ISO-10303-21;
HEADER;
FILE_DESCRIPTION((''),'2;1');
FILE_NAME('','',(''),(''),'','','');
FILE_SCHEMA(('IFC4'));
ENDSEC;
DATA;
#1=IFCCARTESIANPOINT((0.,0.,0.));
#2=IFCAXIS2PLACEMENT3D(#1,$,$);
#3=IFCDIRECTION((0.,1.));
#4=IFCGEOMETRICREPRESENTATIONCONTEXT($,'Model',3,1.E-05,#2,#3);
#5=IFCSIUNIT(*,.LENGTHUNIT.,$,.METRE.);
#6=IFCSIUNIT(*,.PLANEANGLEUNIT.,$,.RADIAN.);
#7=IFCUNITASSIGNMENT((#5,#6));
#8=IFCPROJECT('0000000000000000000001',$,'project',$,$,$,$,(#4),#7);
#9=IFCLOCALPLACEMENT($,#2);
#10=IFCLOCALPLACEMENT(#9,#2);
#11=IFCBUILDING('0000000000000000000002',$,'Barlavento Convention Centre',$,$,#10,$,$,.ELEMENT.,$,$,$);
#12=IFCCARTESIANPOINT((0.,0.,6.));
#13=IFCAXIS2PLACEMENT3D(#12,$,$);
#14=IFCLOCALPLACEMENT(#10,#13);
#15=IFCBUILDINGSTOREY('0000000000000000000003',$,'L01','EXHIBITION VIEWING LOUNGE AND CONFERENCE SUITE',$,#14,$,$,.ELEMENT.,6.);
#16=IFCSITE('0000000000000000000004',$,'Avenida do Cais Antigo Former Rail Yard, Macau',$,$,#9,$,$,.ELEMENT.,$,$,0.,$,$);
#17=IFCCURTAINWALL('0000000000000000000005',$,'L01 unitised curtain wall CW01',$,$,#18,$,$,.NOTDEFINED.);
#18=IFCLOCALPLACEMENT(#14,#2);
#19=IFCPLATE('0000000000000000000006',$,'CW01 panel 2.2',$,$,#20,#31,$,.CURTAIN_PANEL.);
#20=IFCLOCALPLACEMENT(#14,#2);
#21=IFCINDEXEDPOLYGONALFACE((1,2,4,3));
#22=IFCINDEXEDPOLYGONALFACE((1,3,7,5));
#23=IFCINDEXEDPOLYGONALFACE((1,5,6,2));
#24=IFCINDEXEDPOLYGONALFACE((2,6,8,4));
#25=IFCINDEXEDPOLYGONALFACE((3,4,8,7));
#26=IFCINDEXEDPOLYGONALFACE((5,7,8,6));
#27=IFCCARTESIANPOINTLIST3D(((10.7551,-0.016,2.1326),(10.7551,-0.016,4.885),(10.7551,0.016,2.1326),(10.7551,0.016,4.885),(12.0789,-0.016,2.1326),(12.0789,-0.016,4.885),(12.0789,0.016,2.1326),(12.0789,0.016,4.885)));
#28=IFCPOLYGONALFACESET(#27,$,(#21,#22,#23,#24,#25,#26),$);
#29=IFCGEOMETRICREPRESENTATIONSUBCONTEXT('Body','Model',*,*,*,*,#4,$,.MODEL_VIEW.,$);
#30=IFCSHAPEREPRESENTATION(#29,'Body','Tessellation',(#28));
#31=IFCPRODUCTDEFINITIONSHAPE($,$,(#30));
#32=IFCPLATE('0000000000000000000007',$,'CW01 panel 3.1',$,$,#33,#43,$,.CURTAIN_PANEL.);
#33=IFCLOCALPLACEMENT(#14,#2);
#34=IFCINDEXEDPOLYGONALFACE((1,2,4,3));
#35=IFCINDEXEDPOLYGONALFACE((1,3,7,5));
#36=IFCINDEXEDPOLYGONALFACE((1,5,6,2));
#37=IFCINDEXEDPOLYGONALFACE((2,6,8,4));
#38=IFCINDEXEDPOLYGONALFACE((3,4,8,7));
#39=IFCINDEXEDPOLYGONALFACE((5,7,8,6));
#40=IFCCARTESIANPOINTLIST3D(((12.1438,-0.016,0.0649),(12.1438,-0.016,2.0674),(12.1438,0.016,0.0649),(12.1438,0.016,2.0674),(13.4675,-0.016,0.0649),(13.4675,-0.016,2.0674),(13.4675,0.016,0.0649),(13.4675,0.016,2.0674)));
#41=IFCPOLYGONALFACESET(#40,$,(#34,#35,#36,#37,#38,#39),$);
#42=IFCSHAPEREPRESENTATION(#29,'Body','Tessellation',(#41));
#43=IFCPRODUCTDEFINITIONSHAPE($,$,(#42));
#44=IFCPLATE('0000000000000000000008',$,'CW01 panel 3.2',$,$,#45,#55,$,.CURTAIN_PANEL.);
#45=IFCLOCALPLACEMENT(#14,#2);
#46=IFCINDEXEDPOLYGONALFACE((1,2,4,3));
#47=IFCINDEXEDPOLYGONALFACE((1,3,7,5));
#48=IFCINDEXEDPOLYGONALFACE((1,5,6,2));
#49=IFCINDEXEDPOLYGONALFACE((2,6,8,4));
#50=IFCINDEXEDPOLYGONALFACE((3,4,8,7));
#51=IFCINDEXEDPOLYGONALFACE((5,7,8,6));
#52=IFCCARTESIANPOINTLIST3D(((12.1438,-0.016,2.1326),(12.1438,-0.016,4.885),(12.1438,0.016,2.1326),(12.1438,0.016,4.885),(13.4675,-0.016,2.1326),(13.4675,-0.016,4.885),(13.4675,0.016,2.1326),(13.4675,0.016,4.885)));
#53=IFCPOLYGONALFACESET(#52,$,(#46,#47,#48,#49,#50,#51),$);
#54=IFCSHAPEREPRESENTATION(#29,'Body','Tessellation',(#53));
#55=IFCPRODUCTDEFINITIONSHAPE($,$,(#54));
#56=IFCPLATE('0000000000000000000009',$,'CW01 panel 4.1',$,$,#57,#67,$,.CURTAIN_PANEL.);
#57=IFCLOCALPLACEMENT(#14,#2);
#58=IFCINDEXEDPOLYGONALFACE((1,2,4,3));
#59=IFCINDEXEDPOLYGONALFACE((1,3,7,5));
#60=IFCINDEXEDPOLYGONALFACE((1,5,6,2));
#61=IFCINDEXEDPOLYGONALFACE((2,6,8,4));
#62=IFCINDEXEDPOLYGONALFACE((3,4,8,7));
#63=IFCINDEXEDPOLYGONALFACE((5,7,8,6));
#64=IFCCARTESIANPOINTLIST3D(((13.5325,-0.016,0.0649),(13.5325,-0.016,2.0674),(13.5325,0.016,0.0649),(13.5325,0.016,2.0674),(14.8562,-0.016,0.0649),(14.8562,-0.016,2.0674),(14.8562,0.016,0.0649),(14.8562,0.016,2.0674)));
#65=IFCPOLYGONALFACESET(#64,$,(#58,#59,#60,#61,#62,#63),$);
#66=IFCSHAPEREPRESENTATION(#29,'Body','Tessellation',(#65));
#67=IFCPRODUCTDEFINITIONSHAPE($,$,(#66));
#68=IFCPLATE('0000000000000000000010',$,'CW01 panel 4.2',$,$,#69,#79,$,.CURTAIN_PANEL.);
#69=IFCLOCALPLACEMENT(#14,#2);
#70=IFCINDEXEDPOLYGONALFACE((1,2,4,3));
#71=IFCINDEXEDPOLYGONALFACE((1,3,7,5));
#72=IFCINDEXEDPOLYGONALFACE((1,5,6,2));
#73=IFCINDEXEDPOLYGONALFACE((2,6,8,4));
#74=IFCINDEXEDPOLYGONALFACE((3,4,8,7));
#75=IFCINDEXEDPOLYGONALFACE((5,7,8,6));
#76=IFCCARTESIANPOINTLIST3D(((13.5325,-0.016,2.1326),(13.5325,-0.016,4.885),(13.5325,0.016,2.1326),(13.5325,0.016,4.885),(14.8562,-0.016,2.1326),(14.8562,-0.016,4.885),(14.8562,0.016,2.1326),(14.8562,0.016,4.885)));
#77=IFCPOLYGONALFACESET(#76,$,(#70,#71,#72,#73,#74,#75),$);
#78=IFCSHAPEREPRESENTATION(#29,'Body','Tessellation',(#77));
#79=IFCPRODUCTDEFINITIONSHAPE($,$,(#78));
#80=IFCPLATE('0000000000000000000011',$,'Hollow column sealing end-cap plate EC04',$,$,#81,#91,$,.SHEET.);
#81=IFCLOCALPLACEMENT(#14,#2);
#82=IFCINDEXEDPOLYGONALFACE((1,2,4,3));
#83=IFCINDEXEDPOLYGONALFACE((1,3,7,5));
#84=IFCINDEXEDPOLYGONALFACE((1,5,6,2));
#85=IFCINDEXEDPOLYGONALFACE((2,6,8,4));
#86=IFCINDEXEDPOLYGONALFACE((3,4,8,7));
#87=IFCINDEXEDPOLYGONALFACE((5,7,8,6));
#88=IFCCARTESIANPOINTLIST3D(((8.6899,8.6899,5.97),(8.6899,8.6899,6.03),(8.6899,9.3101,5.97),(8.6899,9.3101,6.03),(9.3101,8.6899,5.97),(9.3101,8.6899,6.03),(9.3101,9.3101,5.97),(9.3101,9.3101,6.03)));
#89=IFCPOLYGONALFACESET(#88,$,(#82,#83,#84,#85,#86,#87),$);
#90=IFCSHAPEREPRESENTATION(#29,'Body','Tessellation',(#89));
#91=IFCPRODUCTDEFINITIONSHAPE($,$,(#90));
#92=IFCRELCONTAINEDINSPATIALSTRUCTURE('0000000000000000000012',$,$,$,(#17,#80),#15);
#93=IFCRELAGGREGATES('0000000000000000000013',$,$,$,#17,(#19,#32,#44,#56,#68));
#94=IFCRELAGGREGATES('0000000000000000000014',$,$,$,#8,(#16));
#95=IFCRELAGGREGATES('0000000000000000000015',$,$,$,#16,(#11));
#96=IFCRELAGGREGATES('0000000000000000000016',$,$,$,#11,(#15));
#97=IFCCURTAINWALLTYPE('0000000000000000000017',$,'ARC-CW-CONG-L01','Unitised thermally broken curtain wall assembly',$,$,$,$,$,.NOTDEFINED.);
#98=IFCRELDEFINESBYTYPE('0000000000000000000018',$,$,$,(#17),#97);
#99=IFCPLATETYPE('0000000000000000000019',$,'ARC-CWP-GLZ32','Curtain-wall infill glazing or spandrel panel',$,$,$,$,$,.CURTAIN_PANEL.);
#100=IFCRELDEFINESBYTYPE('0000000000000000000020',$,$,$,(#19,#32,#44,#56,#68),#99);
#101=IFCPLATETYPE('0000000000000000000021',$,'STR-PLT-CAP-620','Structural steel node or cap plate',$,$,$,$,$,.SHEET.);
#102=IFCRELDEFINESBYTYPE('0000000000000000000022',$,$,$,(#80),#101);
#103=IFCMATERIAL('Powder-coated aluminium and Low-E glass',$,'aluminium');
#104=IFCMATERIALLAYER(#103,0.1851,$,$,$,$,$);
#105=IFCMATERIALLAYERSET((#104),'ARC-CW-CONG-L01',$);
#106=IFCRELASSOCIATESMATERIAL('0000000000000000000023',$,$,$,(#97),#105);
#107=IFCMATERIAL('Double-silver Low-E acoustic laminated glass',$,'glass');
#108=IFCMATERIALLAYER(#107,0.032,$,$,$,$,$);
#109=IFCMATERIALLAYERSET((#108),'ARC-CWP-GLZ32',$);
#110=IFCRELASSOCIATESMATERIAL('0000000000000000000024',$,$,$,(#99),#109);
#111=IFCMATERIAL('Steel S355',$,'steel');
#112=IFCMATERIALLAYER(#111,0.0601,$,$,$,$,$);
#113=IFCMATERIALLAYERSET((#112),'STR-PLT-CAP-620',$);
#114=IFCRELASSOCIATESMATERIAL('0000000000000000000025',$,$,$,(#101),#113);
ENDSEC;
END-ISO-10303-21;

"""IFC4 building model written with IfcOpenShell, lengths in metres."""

from ifc_helpers import new_model, si_unit, direction, frame, origin, origin_2d, place, context, subcontext, project, spatial, rectangle, extrude, material, layer, layer_set, type_object, element, aggregate, save


model = new_model("IFC4")

# Units and contexts
model_context = context("Model", 3, precision=1e-05, world=origin(), true_north=direction((0.0, 1.0)))
body_context = subcontext(model_context, "Body", "Model", "MODEL_VIEW")
ifc_project = project(units=[si_unit("LENGTHUNIT", "METRE"), si_unit("PLANEANGLEUNIT", "RADIAN")], contexts=[model_context])

# Site, building, storey
site_placement = place(None, origin())
site = spatial("IfcSite", under=ifc_project, at=site_placement, Name="Avenida do Cais Antigo Former Rail Yard, Macau", CompositionType="ELEMENT", RefElevation=0.0)
building_placement = place(site_placement, origin())
building = spatial("IfcBuilding", under=site, at=building_placement, Name="Barlavento Convention Centre", CompositionType="ELEMENT")
storey_placement = place(building_placement, frame((0.0, 0.0, 6.0)))
storey = spatial("IfcBuildingStorey", under=building, at=storey_placement, Name="L01", Description="EXHIBITION VIEWING LOUNGE AND CONFERENCE SUITE", CompositionType="ELEMENT", Elevation=6.0)

# Curtain wall
ifc_material_1 = material(Name="Powder-coated aluminium and Low-E glass", Category="aluminium")
ifc_layer_1 = layer(ifc_material_1, 0.1851)
ifc_layer_set_1 = layer_set([ifc_layer_1], Name="ARC-CW-CONG-L01")
curtain_wall_type = type_object("IfcCurtainWallType", Name="ARC-CW-CONG-L01", Description="Unitised thermally broken curtain wall assembly", PredefinedType="NOTDEFINED", material=ifc_layer_set_1)
curtain_wall_placement = place(storey_placement, origin())
curtain_wall = element("IfcCurtainWall", 1, at=curtain_wall_placement, inside=storey, type_object=curtain_wall_type, Name="L01 unitised curtain wall CW01", PredefinedType="NOTDEFINED")

# Shared definitions
ifc_material_2 = material(Name="Steel S355", Category="steel")

# Plates
ifc_material_3 = material(Name="Double-silver Low-E acoustic laminated glass", Category="glass")
ifc_layer_2 = layer(ifc_material_3, 0.032)
ifc_layer_set_2 = layer_set([ifc_layer_2], Name="ARC-CWP-GLZ32")
plate_type_1 = type_object("IfcPlateType", Name="ARC-CWP-GLZ32", Description="Curtain-wall infill glazing or spandrel panel", PredefinedType="CURTAIN_PANEL", material=ifc_layer_set_2)
plate_1_placement = place(storey_placement, frame((11.417, 0.0, 2.1326), z_axis=(0.0, 0.0, 1.0), x_axis=(1.0, 0.0, 0.0)))
plate_1 = element("IfcPlate", 2, at=plate_1_placement, type_object=plate_type_1, Name="CW01 panel 2.2", PredefinedType="CURTAIN_PANEL", context=body_context, shape_type="SweptSolid", body=[
    extrude(rectangle(XDim=1.3237, YDim=0.032, at=origin_2d()), origin(), (0.0, 0.0, 1.0), 2.7524),
])
plate_2_placement = place(storey_placement, frame((12.8057, 0.0, 0.0649), z_axis=(0.0, 0.0, 1.0), x_axis=(1.0, 0.0, 0.0)))
plate_2 = element("IfcPlate", 3, at=plate_2_placement, type_object=plate_type_1, Name="CW01 panel 3.1", PredefinedType="CURTAIN_PANEL", context=body_context, shape_type="SweptSolid", body=[
    extrude(rectangle(XDim=1.3237, YDim=0.032, at=origin_2d()), origin(), (0.0, 0.0, 1.0), 2.0024),
])
plate_3_placement = place(storey_placement, frame((12.8057, 0.0, 2.1326), z_axis=(0.0, 0.0, 1.0), x_axis=(1.0, 0.0, 0.0)))
plate_3 = element("IfcPlate", 4, at=plate_3_placement, type_object=plate_type_1, Name="CW01 panel 3.2", PredefinedType="CURTAIN_PANEL", context=body_context, shape_type="SweptSolid", body=[
    extrude(rectangle(XDim=1.3237, YDim=0.032, at=origin_2d()), origin(), (0.0, 0.0, 1.0), 2.7524),
])
plate_4_placement = place(storey_placement, frame((14.1943, 0.0, 0.0649), z_axis=(0.0, 0.0, 1.0), x_axis=(1.0, 0.0, 0.0)))
plate_4 = element("IfcPlate", 5, at=plate_4_placement, type_object=plate_type_1, Name="CW01 panel 4.1", PredefinedType="CURTAIN_PANEL", context=body_context, shape_type="SweptSolid", body=[
    extrude(rectangle(XDim=1.3237, YDim=0.032, at=origin_2d()), origin(), (0.0, 0.0, 1.0), 2.0024),
])
plate_5_placement = place(storey_placement, frame((14.1943, 0.0, 2.1326), z_axis=(0.0, 0.0, 1.0), x_axis=(1.0, 0.0, 0.0)))
plate_5 = element("IfcPlate", 6, at=plate_5_placement, type_object=plate_type_1, Name="CW01 panel 4.2", PredefinedType="CURTAIN_PANEL", context=body_context, shape_type="SweptSolid", body=[
    extrude(rectangle(XDim=1.3237, YDim=0.032, at=origin_2d()), origin(), (0.0, 0.0, 1.0), 2.7524),
])
aggregate(curtain_wall, [plate_1, plate_2, plate_3, plate_4, plate_5])
ifc_layer_3 = layer(ifc_material_2, 0.0601)
ifc_layer_set_3 = layer_set([ifc_layer_3], Name="STR-PLT-CAP-620")
plate_type_2 = type_object("IfcPlateType", Name="STR-PLT-CAP-620", Description="Structural steel node or cap plate", PredefinedType="SHEET", material=ifc_layer_set_3)
plate_6_placement = place(storey_placement, frame((9.0, 9.0, 5.97), z_axis=(0.0, 0.0, 1.0), x_axis=(1.0, 0.0, 0.0)))
element("IfcPlate", 7, at=plate_6_placement, inside=storey, type_object=plate_type_2, Name="Hollow column sealing end-cap plate EC04", PredefinedType="SHEET", context=body_context, shape_type="SweptSolid", body=[
    extrude(rectangle(XDim=0.6201, YDim=0.6201, at=origin_2d()), origin(), (0.0, 0.0, 1.0), 0.0601),
])

save(model, "model.ifc")
